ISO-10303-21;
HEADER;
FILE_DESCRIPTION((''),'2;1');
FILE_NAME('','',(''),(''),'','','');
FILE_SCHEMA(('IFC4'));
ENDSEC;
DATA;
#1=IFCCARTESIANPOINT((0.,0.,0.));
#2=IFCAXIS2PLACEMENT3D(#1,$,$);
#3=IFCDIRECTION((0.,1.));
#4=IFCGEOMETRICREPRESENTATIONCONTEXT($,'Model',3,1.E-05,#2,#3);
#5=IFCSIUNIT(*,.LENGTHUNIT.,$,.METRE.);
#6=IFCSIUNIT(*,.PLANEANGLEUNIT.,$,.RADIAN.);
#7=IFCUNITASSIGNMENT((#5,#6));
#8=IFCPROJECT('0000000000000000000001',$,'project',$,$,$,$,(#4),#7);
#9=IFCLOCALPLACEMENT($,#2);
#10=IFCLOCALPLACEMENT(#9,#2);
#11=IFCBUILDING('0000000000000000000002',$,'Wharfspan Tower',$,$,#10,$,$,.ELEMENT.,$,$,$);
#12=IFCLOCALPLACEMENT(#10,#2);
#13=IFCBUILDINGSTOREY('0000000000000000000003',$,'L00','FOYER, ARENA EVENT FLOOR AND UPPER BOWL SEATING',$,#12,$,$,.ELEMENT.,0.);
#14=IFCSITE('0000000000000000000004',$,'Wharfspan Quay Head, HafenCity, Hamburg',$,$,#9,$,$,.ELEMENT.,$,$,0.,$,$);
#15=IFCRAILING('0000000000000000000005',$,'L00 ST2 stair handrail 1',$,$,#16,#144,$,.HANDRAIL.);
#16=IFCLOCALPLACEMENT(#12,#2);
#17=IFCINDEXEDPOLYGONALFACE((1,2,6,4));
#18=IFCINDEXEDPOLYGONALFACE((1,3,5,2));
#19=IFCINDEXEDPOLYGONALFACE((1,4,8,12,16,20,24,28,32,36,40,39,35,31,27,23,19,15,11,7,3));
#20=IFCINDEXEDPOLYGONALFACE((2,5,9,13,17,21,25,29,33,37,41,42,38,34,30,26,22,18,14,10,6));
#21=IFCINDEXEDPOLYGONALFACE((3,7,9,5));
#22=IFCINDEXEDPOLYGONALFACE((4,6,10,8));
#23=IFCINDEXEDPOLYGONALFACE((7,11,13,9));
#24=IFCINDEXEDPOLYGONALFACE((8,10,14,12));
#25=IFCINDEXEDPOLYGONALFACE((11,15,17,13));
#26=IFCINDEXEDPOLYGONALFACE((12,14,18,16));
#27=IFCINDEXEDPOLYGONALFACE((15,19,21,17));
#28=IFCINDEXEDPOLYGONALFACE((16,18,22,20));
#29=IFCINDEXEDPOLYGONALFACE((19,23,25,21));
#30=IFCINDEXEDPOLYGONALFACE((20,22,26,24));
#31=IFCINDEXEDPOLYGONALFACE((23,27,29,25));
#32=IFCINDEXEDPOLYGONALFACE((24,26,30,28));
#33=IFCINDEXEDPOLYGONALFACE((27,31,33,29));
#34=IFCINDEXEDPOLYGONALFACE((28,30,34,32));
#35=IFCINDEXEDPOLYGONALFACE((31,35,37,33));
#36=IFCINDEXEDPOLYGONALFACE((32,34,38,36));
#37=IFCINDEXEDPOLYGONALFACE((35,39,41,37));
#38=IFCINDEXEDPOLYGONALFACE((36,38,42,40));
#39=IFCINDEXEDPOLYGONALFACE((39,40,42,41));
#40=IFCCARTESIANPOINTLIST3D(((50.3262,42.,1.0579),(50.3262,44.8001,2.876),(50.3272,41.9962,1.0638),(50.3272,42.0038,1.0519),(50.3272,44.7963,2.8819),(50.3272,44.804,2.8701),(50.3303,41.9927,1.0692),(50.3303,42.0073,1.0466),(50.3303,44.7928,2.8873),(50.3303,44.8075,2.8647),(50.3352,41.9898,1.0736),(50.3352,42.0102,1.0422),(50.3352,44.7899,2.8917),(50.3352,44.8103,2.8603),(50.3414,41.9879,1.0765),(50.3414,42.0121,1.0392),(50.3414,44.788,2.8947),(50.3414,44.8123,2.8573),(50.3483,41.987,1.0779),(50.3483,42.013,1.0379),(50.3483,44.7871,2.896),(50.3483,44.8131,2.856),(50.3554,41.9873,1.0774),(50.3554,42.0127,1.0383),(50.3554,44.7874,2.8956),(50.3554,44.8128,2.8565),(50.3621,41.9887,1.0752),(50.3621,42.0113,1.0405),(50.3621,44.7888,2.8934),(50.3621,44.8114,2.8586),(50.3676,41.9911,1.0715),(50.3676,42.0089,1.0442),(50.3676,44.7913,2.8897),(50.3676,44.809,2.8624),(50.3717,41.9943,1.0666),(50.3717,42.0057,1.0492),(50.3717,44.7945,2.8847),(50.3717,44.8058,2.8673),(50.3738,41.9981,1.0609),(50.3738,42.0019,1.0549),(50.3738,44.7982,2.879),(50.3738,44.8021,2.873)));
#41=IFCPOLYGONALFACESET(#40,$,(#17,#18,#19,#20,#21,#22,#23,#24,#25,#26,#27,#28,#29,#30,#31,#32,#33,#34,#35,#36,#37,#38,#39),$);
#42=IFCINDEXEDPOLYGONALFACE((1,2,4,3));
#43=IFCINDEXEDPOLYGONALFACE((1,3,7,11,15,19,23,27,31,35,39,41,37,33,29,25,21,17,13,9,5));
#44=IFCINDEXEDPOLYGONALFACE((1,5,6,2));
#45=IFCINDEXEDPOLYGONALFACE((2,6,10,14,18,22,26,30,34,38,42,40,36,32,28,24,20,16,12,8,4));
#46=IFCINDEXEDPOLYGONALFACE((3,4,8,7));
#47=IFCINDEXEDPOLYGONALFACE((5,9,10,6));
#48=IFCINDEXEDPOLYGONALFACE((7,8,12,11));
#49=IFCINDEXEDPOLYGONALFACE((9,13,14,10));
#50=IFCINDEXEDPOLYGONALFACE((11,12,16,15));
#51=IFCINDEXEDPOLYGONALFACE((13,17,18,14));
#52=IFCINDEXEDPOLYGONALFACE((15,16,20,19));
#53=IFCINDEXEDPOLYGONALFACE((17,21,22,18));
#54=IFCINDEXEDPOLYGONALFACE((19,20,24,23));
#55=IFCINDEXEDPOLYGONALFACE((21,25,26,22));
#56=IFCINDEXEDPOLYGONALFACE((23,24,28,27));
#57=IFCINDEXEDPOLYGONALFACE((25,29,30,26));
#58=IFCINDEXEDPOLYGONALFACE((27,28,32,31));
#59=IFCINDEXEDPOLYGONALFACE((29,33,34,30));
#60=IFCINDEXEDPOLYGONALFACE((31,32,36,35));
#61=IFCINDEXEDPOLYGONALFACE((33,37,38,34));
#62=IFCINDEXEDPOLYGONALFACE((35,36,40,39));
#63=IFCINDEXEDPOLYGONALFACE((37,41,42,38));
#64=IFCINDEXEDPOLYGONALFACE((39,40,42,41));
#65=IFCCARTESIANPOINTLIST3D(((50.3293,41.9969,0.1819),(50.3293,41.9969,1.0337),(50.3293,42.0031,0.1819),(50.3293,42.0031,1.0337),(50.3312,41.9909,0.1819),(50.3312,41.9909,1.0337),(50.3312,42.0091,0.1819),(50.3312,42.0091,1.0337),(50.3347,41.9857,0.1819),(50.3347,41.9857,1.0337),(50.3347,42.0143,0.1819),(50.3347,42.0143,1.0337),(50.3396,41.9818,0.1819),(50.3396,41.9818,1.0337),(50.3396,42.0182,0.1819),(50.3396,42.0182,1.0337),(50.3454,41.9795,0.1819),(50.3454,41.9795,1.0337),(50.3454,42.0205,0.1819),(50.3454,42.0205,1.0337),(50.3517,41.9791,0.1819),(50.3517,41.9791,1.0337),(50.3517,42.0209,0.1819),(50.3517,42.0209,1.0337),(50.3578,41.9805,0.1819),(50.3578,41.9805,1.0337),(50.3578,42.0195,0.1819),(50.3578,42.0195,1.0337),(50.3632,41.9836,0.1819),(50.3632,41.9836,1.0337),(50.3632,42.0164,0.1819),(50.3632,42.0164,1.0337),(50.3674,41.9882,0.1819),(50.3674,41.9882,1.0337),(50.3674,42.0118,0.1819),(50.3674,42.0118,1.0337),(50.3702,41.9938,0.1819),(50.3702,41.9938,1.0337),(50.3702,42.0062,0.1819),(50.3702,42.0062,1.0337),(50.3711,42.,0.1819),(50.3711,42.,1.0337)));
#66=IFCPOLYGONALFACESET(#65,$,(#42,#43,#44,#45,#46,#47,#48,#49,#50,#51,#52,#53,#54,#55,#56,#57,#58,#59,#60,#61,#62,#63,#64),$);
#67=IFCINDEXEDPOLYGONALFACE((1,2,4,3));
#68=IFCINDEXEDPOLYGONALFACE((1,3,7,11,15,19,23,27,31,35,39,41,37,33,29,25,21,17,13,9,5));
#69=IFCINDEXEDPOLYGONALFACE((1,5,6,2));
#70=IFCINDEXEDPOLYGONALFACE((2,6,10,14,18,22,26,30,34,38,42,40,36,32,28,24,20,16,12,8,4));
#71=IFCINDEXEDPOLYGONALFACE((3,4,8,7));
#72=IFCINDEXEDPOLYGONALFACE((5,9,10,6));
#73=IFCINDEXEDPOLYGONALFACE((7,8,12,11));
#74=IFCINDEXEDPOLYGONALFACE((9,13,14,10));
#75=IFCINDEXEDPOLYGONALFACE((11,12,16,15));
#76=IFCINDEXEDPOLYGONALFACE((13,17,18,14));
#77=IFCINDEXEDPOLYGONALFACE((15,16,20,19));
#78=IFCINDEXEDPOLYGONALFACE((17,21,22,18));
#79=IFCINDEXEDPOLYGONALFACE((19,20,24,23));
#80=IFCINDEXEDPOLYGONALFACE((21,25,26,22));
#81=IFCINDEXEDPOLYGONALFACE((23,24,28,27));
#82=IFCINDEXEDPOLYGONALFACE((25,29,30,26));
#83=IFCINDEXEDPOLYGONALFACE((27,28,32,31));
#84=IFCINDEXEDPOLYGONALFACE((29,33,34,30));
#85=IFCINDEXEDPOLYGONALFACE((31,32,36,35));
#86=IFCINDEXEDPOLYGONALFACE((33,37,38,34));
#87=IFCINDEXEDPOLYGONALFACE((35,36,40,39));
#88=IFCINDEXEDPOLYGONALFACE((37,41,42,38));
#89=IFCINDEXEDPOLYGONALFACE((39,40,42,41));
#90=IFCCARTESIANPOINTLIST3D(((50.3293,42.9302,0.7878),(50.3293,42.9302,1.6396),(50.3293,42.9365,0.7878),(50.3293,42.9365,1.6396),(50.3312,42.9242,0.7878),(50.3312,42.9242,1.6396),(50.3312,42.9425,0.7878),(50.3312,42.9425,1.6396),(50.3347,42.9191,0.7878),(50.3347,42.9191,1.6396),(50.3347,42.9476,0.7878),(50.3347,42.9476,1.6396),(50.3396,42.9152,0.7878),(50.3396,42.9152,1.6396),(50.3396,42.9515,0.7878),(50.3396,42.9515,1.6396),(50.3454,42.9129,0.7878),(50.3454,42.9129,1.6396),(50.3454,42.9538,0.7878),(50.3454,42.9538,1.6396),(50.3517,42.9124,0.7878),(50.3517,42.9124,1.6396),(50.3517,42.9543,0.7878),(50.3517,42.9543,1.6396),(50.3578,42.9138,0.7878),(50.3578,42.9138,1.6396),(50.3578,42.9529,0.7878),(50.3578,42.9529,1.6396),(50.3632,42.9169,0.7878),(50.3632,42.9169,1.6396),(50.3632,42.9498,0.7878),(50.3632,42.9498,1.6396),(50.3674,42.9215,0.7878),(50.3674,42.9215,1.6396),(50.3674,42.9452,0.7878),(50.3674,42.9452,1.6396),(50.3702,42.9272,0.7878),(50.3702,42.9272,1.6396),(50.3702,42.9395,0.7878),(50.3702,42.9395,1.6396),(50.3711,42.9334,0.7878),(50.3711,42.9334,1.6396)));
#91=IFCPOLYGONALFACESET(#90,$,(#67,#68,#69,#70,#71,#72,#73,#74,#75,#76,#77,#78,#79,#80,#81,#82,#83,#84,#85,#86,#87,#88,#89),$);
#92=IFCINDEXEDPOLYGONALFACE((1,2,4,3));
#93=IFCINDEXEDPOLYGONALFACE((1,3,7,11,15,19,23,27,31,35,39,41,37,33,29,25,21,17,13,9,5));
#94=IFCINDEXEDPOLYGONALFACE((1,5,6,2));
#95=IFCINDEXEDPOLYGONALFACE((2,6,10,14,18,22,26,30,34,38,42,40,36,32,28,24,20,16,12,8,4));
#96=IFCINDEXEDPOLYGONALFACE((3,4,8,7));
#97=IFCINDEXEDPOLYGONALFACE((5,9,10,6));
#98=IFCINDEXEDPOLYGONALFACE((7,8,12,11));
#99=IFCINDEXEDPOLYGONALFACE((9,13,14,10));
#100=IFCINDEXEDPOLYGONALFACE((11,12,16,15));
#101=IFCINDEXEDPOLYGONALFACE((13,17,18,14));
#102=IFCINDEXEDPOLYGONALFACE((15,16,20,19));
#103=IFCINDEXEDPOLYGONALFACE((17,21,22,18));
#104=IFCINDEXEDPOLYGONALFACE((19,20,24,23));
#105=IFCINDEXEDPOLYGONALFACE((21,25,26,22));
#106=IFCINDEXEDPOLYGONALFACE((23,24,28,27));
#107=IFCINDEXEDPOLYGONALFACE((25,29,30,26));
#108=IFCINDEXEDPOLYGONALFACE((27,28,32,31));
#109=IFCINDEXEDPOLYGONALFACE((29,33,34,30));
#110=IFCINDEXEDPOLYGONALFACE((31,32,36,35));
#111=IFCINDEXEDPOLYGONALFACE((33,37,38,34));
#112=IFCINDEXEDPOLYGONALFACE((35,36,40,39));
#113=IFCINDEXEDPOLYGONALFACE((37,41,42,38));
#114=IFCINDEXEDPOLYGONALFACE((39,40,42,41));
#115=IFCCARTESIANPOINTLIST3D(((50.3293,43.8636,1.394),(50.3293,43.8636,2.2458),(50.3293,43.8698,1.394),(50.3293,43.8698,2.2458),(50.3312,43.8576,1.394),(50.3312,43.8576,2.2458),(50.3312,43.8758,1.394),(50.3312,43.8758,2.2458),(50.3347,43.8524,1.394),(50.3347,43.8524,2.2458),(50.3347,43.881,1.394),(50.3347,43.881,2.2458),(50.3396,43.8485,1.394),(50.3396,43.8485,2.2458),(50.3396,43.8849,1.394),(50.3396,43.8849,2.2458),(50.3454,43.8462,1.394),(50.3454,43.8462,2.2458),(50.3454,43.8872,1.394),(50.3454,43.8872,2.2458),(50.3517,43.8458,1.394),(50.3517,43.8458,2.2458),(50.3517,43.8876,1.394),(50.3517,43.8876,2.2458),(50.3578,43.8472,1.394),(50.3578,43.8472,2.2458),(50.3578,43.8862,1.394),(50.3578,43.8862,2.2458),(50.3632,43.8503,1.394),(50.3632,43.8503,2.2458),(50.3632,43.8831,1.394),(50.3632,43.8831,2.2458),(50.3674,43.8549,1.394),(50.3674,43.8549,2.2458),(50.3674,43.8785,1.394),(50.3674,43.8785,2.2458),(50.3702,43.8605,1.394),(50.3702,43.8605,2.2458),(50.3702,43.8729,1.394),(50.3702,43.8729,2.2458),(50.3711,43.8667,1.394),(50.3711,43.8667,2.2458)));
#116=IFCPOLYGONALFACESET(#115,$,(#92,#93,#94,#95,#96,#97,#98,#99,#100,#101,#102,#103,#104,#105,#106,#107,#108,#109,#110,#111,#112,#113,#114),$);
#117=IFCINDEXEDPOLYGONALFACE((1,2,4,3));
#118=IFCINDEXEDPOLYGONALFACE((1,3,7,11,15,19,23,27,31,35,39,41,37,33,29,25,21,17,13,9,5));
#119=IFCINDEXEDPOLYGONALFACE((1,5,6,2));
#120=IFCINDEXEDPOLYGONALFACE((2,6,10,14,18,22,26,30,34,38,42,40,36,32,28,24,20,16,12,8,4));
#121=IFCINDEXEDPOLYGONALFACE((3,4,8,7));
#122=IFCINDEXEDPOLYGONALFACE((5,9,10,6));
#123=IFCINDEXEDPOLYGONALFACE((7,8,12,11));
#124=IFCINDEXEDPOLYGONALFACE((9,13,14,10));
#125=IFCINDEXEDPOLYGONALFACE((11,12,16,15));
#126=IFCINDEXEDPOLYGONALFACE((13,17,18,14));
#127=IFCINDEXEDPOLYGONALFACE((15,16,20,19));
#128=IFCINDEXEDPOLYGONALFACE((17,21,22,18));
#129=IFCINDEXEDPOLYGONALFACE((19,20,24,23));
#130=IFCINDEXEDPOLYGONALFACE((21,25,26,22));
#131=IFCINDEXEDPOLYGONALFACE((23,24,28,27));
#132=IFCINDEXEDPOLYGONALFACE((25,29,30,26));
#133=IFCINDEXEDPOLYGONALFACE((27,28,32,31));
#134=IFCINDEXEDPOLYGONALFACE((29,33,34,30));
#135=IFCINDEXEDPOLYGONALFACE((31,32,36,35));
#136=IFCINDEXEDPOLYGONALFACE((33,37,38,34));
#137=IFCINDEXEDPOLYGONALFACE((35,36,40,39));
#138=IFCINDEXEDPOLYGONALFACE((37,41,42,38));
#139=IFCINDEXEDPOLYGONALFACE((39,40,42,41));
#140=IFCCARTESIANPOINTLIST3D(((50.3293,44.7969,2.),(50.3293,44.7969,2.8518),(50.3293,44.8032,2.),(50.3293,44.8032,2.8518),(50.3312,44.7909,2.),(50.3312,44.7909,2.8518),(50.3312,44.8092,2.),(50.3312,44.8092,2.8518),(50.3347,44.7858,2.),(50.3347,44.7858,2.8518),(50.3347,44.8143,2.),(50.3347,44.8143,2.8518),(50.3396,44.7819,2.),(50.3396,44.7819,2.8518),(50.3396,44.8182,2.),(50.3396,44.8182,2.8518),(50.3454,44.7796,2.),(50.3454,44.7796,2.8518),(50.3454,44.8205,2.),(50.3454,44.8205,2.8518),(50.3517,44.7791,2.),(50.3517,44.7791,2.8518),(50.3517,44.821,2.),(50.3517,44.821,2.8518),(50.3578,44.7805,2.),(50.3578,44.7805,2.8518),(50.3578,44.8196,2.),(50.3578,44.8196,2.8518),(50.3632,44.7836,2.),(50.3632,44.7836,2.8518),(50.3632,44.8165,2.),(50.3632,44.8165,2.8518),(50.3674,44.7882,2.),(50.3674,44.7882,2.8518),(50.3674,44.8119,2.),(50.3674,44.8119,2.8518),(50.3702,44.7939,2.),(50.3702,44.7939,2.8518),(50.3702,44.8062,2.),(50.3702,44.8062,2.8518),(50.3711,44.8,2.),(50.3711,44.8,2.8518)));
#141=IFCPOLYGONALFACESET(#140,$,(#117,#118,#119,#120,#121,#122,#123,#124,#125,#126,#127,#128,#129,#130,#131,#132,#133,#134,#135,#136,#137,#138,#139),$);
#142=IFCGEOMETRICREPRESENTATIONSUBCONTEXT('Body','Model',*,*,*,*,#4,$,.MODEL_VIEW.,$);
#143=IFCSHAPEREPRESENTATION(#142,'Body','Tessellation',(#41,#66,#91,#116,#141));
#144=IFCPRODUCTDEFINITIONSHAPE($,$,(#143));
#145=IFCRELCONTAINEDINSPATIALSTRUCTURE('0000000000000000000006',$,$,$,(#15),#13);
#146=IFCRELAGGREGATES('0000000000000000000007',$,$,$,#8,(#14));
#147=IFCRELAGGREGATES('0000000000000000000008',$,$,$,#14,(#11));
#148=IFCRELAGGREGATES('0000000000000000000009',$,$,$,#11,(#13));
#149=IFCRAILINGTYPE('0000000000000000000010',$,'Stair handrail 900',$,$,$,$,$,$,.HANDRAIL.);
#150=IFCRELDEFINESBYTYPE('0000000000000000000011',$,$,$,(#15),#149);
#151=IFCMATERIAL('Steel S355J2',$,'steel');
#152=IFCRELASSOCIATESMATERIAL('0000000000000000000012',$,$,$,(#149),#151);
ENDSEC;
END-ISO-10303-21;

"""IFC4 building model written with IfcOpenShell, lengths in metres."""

from ifc_helpers import new_model, si_unit, direction, frame, origin, origin_2d, place, context, subcontext, project, spatial, circle, extrude, material, type_object, element, save


model = new_model("IFC4")

# Units and contexts
model_context = context("Model", 3, precision=1e-05, world=origin(), true_north=direction((0.0, 1.0)))
body_context = subcontext(model_context, "Body", "Model", "MODEL_VIEW")
ifc_project = project(units=[si_unit("LENGTHUNIT", "METRE"), si_unit("PLANEANGLEUNIT", "RADIAN")], contexts=[model_context])

# Site, building, storey
site_placement = place(None, origin())
site = spatial("IfcSite", under=ifc_project, at=site_placement, Name="Wharfspan Quay Head, HafenCity, Hamburg", CompositionType="ELEMENT", RefElevation=0.0)
building_placement = place(site_placement, origin())
building = spatial("IfcBuilding", under=site, at=building_placement, Name="Wharfspan Tower", CompositionType="ELEMENT")
storey_placement = place(building_placement, origin())
storey = spatial("IfcBuildingStorey", under=building, at=storey_placement, Name="L00", Description="FOYER, ARENA EVENT FLOOR AND UPPER BOWL SEATING", CompositionType="ELEMENT", Elevation=0.0)

# Railing
ifc_material_1 = material(Name="Steel S355J2", Category="steel")
railing_type_1 = type_object("IfcRailingType", Name="Stair handrail 900", PredefinedType="HANDRAIL", material=ifc_material_1)
for number, where, name in (
    (1, (50.3501, 42.0, 0.1819), "L00 ST2 stair handrail 1"),
):
    element("IfcRailing", number, at=place(storey_placement, frame(where)), inside=storey, type_object=railing_type_1, Name=name, PredefinedType="HANDRAIL", context=body_context, shape_type="SweptSolid", body=[
        extrude(circle(Radius=0.0239, at=origin_2d()), frame((0.0, 0.0, 0.876), z_axis=(0.0, 0.838706, 0.544585), x_axis=(-1.0, 0.0, 0.0)), (0.0, 0.0, 1.0), 3.3386),
        extrude(circle(Radius=0.021, at=origin_2d()), origin(), (0.0, 0.0, 1.0), 0.8518),
        extrude(circle(Radius=0.021, at=origin_2d()), frame((0.0, 0.9334, 0.606)), (0.0, 0.0, 1.0), 0.8518),
        extrude(circle(Radius=0.021, at=origin_2d()), frame((0.0, 1.8667, 1.2122)), (0.0, 0.0, 1.0), 0.8518),
        extrude(circle(Radius=0.021, at=origin_2d()), frame((0.0, 2.8, 1.8181)), (0.0, 0.0, 1.0), 0.8518),
    ])

save(model, "model.ifc")
